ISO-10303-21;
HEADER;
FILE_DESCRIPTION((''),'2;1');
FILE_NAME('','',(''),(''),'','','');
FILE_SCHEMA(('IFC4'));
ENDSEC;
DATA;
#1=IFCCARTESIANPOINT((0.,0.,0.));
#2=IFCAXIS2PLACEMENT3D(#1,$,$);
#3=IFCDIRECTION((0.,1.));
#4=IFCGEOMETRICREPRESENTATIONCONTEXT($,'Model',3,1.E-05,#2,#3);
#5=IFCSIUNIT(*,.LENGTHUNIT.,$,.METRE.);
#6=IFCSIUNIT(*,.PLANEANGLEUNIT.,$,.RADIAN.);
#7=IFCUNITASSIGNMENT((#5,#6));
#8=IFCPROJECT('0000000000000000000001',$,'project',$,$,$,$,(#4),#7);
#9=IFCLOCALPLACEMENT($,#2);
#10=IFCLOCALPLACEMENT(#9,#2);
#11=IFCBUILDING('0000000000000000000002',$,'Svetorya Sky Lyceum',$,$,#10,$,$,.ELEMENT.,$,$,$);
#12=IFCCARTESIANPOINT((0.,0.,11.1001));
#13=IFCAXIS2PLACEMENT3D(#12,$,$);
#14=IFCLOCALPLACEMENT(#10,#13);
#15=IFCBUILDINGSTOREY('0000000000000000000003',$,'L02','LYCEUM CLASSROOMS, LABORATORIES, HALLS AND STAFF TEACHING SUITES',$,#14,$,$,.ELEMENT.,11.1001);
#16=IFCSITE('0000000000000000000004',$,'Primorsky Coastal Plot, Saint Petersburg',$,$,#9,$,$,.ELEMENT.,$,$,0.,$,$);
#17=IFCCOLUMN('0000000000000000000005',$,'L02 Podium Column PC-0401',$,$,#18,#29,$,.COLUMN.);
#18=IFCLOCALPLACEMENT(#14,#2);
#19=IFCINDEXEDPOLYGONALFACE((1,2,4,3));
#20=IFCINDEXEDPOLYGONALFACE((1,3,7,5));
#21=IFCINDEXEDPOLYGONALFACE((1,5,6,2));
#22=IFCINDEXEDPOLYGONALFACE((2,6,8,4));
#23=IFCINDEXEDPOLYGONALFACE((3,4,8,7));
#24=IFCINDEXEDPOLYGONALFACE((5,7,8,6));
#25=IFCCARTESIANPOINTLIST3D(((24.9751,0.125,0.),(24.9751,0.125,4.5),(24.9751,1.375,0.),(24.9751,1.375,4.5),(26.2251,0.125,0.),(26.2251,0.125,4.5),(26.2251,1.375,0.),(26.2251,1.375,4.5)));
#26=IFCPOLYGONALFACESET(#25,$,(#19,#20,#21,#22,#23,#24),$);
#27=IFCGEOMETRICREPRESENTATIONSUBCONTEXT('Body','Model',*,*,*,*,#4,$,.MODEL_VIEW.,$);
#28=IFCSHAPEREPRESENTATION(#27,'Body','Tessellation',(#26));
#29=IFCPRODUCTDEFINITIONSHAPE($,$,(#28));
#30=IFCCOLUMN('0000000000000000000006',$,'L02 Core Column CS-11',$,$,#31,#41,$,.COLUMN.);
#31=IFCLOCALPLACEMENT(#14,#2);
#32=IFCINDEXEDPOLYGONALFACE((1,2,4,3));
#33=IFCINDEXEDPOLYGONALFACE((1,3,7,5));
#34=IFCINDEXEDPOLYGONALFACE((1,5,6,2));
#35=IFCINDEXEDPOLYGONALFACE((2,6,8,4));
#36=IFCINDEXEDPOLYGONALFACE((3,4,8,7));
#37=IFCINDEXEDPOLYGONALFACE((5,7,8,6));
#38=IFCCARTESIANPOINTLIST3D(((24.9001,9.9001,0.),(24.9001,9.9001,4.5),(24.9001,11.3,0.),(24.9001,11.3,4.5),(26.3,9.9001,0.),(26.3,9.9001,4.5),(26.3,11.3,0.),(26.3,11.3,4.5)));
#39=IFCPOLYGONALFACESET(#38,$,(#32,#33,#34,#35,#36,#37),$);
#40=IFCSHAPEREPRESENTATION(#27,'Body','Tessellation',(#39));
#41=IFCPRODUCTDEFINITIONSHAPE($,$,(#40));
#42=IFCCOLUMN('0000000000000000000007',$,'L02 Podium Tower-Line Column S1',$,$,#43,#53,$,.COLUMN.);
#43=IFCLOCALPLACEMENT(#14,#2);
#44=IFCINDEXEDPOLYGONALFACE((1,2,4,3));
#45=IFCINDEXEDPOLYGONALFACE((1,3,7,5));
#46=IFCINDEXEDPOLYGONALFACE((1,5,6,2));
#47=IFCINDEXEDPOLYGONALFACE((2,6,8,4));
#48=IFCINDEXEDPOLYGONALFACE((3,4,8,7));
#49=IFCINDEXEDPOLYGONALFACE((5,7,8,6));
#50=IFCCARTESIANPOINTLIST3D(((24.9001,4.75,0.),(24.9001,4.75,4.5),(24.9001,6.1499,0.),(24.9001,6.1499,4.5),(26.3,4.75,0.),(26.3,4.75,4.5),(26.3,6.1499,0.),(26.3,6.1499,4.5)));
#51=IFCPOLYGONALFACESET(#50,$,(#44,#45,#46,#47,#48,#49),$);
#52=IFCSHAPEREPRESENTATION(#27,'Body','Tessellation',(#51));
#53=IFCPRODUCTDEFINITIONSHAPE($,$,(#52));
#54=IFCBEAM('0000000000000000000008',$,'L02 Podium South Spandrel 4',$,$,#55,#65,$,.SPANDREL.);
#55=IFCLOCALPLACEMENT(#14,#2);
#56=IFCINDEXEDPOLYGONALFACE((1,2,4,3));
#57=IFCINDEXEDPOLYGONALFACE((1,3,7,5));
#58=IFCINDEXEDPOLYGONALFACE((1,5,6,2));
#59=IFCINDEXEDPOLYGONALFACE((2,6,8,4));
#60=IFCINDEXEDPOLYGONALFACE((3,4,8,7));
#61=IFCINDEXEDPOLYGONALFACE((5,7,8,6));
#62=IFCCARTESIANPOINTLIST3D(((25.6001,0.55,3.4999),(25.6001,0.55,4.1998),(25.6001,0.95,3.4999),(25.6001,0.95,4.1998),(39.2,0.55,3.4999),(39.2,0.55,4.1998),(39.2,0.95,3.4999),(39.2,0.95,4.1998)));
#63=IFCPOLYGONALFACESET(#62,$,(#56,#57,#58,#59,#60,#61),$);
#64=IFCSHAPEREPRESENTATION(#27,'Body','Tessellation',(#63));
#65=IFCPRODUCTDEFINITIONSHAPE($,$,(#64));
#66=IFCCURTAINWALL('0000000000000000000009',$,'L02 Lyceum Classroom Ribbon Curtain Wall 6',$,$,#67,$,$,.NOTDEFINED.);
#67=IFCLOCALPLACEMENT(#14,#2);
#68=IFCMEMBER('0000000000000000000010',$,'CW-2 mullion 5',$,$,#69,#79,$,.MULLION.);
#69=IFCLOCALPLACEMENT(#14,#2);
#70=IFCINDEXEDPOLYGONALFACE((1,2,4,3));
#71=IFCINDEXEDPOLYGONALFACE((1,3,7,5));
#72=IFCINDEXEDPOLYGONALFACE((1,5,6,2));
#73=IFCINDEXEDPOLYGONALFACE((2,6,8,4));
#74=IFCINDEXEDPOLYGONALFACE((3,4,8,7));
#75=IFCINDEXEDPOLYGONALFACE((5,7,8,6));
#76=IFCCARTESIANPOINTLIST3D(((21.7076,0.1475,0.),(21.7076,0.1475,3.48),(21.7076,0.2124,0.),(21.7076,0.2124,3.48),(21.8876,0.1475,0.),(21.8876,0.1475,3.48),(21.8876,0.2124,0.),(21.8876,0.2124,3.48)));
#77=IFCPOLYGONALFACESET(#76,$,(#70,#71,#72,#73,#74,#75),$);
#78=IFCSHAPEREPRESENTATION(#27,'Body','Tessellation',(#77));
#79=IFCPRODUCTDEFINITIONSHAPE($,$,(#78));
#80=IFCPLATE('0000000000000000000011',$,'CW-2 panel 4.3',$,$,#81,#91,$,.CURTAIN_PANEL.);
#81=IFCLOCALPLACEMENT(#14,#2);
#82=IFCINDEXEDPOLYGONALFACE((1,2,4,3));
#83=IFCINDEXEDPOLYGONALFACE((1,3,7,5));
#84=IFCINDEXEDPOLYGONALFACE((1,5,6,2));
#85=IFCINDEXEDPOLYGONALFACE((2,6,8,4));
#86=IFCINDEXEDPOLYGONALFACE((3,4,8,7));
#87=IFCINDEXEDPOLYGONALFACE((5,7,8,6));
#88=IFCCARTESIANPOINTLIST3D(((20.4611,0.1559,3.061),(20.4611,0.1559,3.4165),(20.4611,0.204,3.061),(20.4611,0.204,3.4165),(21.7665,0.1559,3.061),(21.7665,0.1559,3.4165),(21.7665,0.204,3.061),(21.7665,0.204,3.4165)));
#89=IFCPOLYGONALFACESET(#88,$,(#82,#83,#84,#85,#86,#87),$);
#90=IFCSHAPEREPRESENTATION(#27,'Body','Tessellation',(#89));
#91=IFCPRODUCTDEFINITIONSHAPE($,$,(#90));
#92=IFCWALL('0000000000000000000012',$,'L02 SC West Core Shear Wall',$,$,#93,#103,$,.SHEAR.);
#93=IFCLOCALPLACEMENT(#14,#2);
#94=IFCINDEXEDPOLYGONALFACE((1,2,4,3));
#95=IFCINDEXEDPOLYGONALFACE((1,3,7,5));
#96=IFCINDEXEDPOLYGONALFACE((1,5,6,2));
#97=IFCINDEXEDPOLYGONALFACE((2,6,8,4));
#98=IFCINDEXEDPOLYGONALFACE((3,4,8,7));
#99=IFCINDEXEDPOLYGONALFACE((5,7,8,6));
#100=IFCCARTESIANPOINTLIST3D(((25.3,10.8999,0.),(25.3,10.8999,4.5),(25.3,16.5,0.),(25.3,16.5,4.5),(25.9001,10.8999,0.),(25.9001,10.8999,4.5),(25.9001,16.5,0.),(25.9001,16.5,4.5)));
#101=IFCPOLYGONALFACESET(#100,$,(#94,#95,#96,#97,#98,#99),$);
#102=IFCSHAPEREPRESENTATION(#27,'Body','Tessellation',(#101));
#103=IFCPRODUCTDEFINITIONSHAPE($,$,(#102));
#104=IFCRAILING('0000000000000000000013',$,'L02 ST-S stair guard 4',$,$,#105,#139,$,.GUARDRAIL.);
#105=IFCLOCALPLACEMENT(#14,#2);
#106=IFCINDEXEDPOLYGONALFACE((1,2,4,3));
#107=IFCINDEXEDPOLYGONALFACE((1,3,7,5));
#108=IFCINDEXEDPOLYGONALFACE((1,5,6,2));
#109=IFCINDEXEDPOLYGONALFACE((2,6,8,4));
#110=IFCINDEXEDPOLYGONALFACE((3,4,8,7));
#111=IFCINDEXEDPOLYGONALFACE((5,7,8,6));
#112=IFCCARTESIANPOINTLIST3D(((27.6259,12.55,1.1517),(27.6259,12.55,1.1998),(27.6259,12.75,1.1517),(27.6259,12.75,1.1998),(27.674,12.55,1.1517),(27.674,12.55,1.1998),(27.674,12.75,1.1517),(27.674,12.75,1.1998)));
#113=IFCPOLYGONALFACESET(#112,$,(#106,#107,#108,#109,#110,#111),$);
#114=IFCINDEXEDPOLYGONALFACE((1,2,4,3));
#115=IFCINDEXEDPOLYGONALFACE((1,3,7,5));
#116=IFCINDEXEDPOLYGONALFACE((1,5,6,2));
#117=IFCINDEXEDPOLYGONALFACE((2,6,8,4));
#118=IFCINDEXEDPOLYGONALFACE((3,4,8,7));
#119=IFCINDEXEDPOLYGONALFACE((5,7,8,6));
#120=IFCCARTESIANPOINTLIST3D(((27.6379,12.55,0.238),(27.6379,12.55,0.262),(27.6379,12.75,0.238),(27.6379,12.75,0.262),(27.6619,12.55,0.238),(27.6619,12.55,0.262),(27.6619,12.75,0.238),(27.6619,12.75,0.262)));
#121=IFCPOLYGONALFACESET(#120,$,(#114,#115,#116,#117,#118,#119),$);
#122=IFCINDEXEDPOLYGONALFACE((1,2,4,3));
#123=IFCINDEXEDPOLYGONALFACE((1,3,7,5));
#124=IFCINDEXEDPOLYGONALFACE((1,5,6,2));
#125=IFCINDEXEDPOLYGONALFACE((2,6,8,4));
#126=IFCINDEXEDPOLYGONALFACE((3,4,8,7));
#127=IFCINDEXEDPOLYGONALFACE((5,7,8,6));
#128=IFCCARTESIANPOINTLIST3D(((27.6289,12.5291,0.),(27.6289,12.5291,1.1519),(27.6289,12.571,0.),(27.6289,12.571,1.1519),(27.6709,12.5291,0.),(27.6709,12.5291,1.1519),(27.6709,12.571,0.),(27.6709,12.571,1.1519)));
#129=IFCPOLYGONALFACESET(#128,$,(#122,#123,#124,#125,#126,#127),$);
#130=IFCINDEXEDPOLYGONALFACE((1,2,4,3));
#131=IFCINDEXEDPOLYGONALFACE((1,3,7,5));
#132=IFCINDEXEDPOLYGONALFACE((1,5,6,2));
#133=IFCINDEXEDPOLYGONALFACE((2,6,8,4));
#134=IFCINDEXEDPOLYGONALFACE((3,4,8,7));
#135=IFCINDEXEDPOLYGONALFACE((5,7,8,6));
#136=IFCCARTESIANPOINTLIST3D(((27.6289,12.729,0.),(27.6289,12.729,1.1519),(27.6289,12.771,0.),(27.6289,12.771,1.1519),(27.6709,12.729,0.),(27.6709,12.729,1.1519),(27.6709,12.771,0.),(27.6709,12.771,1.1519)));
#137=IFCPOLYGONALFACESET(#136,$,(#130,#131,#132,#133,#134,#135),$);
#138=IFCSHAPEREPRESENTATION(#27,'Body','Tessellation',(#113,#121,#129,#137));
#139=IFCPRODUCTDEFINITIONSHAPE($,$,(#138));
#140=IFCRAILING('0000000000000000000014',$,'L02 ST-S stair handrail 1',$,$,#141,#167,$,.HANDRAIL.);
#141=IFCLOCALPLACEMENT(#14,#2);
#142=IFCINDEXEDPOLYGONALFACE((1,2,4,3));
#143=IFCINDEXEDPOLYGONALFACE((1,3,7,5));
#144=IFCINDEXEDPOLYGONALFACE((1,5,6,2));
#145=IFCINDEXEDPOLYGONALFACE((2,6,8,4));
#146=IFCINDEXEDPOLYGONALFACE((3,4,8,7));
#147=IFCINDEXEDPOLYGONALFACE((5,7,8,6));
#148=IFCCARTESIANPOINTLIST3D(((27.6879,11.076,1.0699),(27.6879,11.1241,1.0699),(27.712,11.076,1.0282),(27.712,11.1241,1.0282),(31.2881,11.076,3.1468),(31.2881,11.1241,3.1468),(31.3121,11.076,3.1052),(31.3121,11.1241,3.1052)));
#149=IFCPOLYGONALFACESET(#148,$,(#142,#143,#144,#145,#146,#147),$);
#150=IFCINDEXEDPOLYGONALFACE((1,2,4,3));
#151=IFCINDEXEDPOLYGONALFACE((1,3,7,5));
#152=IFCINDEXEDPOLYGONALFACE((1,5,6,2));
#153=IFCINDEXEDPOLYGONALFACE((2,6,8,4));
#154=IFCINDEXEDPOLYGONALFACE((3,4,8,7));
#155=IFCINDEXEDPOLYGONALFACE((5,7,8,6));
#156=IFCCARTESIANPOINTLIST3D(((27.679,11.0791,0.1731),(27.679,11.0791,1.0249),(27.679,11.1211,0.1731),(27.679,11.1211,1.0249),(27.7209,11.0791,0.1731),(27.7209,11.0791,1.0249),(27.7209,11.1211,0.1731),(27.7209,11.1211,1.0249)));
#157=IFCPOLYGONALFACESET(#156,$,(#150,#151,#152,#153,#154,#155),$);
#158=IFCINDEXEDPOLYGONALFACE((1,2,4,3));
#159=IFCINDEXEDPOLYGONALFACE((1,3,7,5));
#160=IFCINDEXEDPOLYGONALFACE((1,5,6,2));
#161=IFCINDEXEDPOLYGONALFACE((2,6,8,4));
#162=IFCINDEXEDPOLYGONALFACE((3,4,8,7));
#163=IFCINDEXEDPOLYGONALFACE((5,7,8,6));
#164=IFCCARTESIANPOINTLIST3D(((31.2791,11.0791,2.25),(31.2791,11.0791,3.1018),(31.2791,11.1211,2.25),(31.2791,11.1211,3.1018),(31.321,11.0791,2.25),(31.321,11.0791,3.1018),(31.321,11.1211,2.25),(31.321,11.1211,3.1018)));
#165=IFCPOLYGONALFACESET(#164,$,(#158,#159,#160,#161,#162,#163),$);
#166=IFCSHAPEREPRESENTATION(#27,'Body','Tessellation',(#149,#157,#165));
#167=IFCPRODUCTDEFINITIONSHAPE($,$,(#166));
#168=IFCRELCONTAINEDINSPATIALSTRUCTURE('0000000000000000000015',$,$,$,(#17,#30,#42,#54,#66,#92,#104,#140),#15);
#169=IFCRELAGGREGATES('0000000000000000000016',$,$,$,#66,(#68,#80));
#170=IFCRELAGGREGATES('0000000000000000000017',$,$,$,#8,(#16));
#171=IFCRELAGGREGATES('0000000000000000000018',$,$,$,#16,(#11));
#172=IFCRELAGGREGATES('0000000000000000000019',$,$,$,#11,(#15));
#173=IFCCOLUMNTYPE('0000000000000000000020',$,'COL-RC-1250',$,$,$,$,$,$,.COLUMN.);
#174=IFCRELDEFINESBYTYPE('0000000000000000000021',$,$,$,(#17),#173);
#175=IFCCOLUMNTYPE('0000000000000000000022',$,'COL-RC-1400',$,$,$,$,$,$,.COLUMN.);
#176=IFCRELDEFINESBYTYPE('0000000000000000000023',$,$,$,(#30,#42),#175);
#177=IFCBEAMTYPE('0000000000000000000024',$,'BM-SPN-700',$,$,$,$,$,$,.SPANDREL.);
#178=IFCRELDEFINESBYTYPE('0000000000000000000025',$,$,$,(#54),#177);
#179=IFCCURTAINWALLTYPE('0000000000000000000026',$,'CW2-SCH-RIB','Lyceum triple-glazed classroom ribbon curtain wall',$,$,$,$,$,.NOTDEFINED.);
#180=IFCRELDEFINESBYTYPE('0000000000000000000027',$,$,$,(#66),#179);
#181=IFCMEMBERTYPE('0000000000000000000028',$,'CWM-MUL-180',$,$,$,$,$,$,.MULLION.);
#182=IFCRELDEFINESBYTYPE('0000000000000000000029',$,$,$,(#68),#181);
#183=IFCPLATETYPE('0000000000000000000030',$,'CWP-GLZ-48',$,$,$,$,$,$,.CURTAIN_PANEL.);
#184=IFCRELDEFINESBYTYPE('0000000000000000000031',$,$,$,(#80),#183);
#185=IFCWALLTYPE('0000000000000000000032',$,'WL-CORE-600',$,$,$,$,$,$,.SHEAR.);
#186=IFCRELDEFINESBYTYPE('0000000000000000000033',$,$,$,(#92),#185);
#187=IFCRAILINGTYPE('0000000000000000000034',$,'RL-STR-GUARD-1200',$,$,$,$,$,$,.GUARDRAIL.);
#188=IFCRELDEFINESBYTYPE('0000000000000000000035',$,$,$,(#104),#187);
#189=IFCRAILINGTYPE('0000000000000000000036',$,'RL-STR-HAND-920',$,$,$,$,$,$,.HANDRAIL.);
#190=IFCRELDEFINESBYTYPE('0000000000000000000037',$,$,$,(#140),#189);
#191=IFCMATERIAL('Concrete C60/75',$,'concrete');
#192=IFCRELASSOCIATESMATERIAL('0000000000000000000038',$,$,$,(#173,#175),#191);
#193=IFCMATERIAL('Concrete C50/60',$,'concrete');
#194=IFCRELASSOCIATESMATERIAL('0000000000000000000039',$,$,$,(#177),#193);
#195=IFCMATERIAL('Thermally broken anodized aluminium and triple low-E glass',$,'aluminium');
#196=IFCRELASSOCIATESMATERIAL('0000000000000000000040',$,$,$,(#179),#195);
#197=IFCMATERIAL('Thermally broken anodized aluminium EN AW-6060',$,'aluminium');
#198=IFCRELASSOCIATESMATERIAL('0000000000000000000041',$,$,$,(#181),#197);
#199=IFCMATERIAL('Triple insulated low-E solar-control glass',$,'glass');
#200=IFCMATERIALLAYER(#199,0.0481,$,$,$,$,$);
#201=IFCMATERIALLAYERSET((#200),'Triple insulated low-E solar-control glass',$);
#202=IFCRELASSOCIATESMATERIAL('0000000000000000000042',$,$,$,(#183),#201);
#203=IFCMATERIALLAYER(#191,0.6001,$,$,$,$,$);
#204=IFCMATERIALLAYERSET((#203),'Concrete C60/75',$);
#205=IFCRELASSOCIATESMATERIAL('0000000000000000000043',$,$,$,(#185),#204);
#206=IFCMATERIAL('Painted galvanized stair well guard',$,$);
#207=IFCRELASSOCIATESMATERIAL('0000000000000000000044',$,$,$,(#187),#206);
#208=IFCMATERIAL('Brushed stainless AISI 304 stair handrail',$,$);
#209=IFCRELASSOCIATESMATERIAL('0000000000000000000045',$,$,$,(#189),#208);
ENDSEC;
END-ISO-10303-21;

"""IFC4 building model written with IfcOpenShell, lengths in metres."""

from ifc_helpers import new_model, si_unit, direction, frame, frame_2d, origin, origin_2d, place, context, subcontext, project, spatial, rectangle, extrude, material, layer, layer_set, material_profile, profile_set, type_object, element, aggregate, save


model = new_model("IFC4")

# Units and contexts
model_context = context("Model", 3, precision=1e-05, world=origin(), true_north=direction((0.0, 1.0)))
body_context = subcontext(model_context, "Body", "Model", "MODEL_VIEW")
ifc_project = project(units=[si_unit("LENGTHUNIT", "METRE"), si_unit("PLANEANGLEUNIT", "RADIAN")], contexts=[model_context])

# Site, building, storey
site_placement = place(None, origin())
site = spatial("IfcSite", under=ifc_project, at=site_placement, Name="Primorsky Coastal Plot, Saint Petersburg", CompositionType="ELEMENT", RefElevation=0.0)
building_placement = place(site_placement, origin())
building = spatial("IfcBuilding", under=site, at=building_placement, Name="Svetorya Sky Lyceum", CompositionType="ELEMENT")
storey_placement = place(building_placement, frame((0.0, 0.0, 11.1001)))
storey = spatial("IfcBuildingStorey", under=building, at=storey_placement, Name="L02", Description="LYCEUM CLASSROOMS, LABORATORIES, HALLS AND STAFF TEACHING SUITES", CompositionType="ELEMENT", Elevation=11.1001)

# Columns
ifc_material_1 = material(Name="Concrete C60/75", Category="concrete")
ifc_material_profile_1 = material_profile(ifc_material_1, rectangle(XDim=1.25, YDim=1.25, at=origin_2d()), Name="RC COL 1250x1250")
ifc_profile_set_1 = profile_set([ifc_material_profile_1], Name="Concrete C60/75")
column_type_1 = type_object("IfcColumnType", Name="COL-RC-1250", PredefinedType="COLUMN", material=ifc_profile_set_1)
column_placement = place(storey_placement, frame((25.6001, 0.75, 0.0), z_axis=(0.0, 0.0, 1.0), x_axis=(1.0, 0.0, 0.0)))
element("IfcColumn", 1, at=column_placement, inside=storey, type_object=column_type_1, Name="L02 Podium Column PC-0401", PredefinedType="COLUMN", context=body_context, shape_type="SweptSolid", body=[
    extrude(rectangle(XDim=1.25, YDim=1.25, at=origin_2d()), origin(), (0.0, 0.0, 1.0), 4.5),
])
ifc_material_profile_2 = material_profile(ifc_material_1, rectangle(XDim=1.3999, YDim=1.3999, at=origin_2d()), Name="RC COL 1400x1400")
ifc_profile_set_2 = profile_set([ifc_material_profile_2], Name="Concrete C60/75")
column_type_2 = type_object("IfcColumnType", Name="COL-RC-1400", PredefinedType="COLUMN", material=ifc_profile_set_2)
for number, where, z_axis, x_axis, name in (
    (2, (25.6001, 10.6001, 0.0), (0.0, 0.0, 1.0), (1.0, 0.0, 0.0), "L02 Core Column CS-11"),
    (3, (25.6001, 5.45, 0.0), (0.0, 0.0, 1.0), (1.0, 0.0, 0.0), "L02 Podium Tower-Line Column S1"),
):
    element("IfcColumn", number, at=place(storey_placement, frame(where, z_axis=z_axis, x_axis=x_axis)), inside=storey, type_object=column_type_2, Name=name, PredefinedType="COLUMN", context=body_context, shape_type="SweptSolid", body=[
        extrude(rectangle(XDim=1.3999, YDim=1.3999, at=origin_2d()), origin(), (0.0, 0.0, 1.0), 4.5),
    ])

# Beam
ifc_material_2 = material(Name="Concrete C50/60", Category="concrete")
ifc_material_profile_3 = material_profile(ifc_material_2, rectangle(XDim=0.3999, YDim=0.7, at=origin_2d()), Name="RC SPANDREL 400x700")
ifc_profile_set_3 = profile_set([ifc_material_profile_3], Name="Concrete C50/60")
beam_type = type_object("IfcBeamType", Name="BM-SPN-700", PredefinedType="SPANDREL", material=ifc_profile_set_3)
beam_placement = place(storey_placement, frame((25.6001, 0.75, 3.8499), z_axis=(1.0, 0.0, 0.0), x_axis=(0.0, 1.0, 0.0)))
element("IfcBeam", 4, at=beam_placement, inside=storey, type_object=beam_type, Name="L02 Podium South Spandrel 4", PredefinedType="SPANDREL", context=body_context, shape_type="SweptSolid", body=[
    extrude(rectangle(XDim=0.3999, YDim=0.7, at=origin_2d()), origin(), (0.0, 0.0, 1.0), 13.5999),
])

# Curtain wall, member, plate
ifc_material_3 = material(Name="Thermally broken anodized aluminium and triple low-E glass", Category="aluminium")
curtain_wall_type = type_object("IfcCurtainWallType", Name="CW2-SCH-RIB", Description="Lyceum triple-glazed classroom ribbon curtain wall", PredefinedType="NOTDEFINED", material=ifc_material_3)
curtain_wall_placement = place(storey_placement, origin())
curtain_wall = element("IfcCurtainWall", 5, at=curtain_wall_placement, inside=storey, type_object=curtain_wall_type, Name="L02 Lyceum Classroom Ribbon Curtain Wall 6", PredefinedType="NOTDEFINED")
ifc_material_4 = material(Name="Thermally broken anodized aluminium EN AW-6060", Category="aluminium")
ifc_material_profile_4 = material_profile(ifc_material_4, rectangle(XDim=0.0649, YDim=0.1799, at=origin_2d()), Name="ALU MULLION 65x180")
ifc_profile_set_4 = profile_set([ifc_material_profile_4], Name="Thermally broken anodized aluminium EN AW-6060")
member_type = type_object("IfcMemberType", Name="CWM-MUL-180", PredefinedType="MULLION", material=ifc_profile_set_4)
member_placement = place(storey_placement, frame((21.7976, 0.1799, 0.0), z_axis=(0.0, 0.0, 1.0), x_axis=(0.0, 1.0, 0.0)))
member = element("IfcMember", 6, at=member_placement, type_object=member_type, Name="CW-2 mullion 5", PredefinedType="MULLION", context=body_context, shape_type="SweptSolid", body=[
    extrude(rectangle(XDim=0.0649, YDim=0.1799, at=origin_2d()), origin(), (0.0, 0.0, 1.0), 3.48),
])
ifc_material_5 = material(Name="Triple insulated low-E solar-control glass", Category="glass")
ifc_layer_1 = layer(ifc_material_5, 0.0481)
ifc_layer_set_1 = layer_set([ifc_layer_1], Name="Triple insulated low-E solar-control glass")
plate_type = type_object("IfcPlateType", Name="CWP-GLZ-48", PredefinedType="CURTAIN_PANEL", material=ifc_layer_set_1)
plate_placement = place(storey_placement, frame((21.1138, 0.1799, 3.061), z_axis=(0.0, 0.0, 1.0), x_axis=(1.0, 0.0, 0.0)))
plate = element("IfcPlate", 7, at=plate_placement, type_object=plate_type, Name="CW-2 panel 4.3", PredefinedType="CURTAIN_PANEL", context=body_context, shape_type="SweptSolid", body=[
    extrude(rectangle(XDim=1.3054, YDim=0.0481, at=origin_2d()), origin(), (0.0, 0.0, 1.0), 0.3555),
])
aggregate(curtain_wall, [member, plate])

# Wall
ifc_layer_2 = layer(ifc_material_1, 0.6001)
ifc_layer_set_2 = layer_set([ifc_layer_2], Name="Concrete C60/75")
wall_type_1 = type_object("IfcWallType", Name="WL-CORE-600", PredefinedType="SHEAR", material=ifc_layer_set_2)
wall_1_placement = place(storey_placement, frame((25.6001, 10.8999, 0.0), z_axis=(0.0, 0.0, 1.0), x_axis=(0.0, 1.0, 0.0)))
element("IfcWall", 8, at=wall_1_placement, inside=storey, type_object=wall_type_1, Name="L02 SC West Core Shear Wall", PredefinedType="SHEAR", context=body_context, shape_type="SweptSolid", body=[
    extrude(rectangle(XDim=5.6001, YDim=0.6001, at=frame_2d((2.8, 0.0))), origin(), (0.0, 0.0, 1.0), 4.5),
])

# Railings
ifc_material_6 = material(Name="Painted galvanized stair well guard")
railing_type_1 = type_object("IfcRailingType", Name="RL-STR-GUARD-1200", PredefinedType="GUARDRAIL", material=ifc_material_6)
railing_1_placement = place(storey_placement, frame((27.6499, 12.55, 0.0)))
element("IfcRailing", 9, at=railing_1_placement, inside=storey, type_object=railing_type_1, Name="L02 ST-S stair guard 4", PredefinedType="GUARDRAIL", context=body_context, shape_type="SweptSolid", body=[
    extrude(rectangle(XDim=0.0481, YDim=0.0481, at=origin_2d()), frame((0.0, 0.0, 1.1758), z_axis=(0.0, 1.0, 0.0), x_axis=(-1.0, 0.0, 0.0)), (0.0, 0.0, 1.0), 0.2),
    extrude(rectangle(XDim=0.0239, YDim=0.0239, at=origin_2d()), frame((0.0, 0.0, 0.25), z_axis=(0.0, 1.0, 0.0), x_axis=(-1.0, 0.0, 0.0)), (0.0, 0.0, 1.0), 0.2),
    extrude(rectangle(XDim=0.042, YDim=0.042, at=origin_2d()), origin(), (0.0, 0.0, 1.0), 1.1519),
    extrude(rectangle(XDim=0.042, YDim=0.042, at=origin_2d()), frame((0.0, 0.2, 0.0)), (0.0, 0.0, 1.0), 1.1519),
])
ifc_material_7 = material(Name="Brushed stainless AISI 304 stair handrail")
railing_type_2 = type_object("IfcRailingType", Name="RL-STR-HAND-920", PredefinedType="HANDRAIL", material=ifc_material_7)
railing_2_placement = place(storey_placement, frame((27.7, 11.1001, 0.1731)))
element("IfcRailing", 10, at=railing_2_placement, inside=storey, type_object=railing_type_2, Name="L02 ST-S stair handrail 1", PredefinedType="HANDRAIL", context=body_context, shape_type="SweptSolid", body=[
    extrude(rectangle(XDim=0.0481, YDim=0.0481, at=origin_2d()), frame((0.0, 0.0, 0.876), z_axis=(0.866193, 0.0, 0.499709), x_axis=(0.0, 1.0, 0.0)), (0.0, 0.0, 1.0), 4.1562),
    extrude(rectangle(XDim=0.042, YDim=0.042, at=origin_2d()), origin(), (0.0, 0.0, 1.0), 0.8518),
    extrude(rectangle(XDim=0.042, YDim=0.042, at=origin_2d()), frame((3.6001, 0.0, 2.0769)), (0.0, 0.0, 1.0), 0.8518),
])

save(model, "model.ifc")
